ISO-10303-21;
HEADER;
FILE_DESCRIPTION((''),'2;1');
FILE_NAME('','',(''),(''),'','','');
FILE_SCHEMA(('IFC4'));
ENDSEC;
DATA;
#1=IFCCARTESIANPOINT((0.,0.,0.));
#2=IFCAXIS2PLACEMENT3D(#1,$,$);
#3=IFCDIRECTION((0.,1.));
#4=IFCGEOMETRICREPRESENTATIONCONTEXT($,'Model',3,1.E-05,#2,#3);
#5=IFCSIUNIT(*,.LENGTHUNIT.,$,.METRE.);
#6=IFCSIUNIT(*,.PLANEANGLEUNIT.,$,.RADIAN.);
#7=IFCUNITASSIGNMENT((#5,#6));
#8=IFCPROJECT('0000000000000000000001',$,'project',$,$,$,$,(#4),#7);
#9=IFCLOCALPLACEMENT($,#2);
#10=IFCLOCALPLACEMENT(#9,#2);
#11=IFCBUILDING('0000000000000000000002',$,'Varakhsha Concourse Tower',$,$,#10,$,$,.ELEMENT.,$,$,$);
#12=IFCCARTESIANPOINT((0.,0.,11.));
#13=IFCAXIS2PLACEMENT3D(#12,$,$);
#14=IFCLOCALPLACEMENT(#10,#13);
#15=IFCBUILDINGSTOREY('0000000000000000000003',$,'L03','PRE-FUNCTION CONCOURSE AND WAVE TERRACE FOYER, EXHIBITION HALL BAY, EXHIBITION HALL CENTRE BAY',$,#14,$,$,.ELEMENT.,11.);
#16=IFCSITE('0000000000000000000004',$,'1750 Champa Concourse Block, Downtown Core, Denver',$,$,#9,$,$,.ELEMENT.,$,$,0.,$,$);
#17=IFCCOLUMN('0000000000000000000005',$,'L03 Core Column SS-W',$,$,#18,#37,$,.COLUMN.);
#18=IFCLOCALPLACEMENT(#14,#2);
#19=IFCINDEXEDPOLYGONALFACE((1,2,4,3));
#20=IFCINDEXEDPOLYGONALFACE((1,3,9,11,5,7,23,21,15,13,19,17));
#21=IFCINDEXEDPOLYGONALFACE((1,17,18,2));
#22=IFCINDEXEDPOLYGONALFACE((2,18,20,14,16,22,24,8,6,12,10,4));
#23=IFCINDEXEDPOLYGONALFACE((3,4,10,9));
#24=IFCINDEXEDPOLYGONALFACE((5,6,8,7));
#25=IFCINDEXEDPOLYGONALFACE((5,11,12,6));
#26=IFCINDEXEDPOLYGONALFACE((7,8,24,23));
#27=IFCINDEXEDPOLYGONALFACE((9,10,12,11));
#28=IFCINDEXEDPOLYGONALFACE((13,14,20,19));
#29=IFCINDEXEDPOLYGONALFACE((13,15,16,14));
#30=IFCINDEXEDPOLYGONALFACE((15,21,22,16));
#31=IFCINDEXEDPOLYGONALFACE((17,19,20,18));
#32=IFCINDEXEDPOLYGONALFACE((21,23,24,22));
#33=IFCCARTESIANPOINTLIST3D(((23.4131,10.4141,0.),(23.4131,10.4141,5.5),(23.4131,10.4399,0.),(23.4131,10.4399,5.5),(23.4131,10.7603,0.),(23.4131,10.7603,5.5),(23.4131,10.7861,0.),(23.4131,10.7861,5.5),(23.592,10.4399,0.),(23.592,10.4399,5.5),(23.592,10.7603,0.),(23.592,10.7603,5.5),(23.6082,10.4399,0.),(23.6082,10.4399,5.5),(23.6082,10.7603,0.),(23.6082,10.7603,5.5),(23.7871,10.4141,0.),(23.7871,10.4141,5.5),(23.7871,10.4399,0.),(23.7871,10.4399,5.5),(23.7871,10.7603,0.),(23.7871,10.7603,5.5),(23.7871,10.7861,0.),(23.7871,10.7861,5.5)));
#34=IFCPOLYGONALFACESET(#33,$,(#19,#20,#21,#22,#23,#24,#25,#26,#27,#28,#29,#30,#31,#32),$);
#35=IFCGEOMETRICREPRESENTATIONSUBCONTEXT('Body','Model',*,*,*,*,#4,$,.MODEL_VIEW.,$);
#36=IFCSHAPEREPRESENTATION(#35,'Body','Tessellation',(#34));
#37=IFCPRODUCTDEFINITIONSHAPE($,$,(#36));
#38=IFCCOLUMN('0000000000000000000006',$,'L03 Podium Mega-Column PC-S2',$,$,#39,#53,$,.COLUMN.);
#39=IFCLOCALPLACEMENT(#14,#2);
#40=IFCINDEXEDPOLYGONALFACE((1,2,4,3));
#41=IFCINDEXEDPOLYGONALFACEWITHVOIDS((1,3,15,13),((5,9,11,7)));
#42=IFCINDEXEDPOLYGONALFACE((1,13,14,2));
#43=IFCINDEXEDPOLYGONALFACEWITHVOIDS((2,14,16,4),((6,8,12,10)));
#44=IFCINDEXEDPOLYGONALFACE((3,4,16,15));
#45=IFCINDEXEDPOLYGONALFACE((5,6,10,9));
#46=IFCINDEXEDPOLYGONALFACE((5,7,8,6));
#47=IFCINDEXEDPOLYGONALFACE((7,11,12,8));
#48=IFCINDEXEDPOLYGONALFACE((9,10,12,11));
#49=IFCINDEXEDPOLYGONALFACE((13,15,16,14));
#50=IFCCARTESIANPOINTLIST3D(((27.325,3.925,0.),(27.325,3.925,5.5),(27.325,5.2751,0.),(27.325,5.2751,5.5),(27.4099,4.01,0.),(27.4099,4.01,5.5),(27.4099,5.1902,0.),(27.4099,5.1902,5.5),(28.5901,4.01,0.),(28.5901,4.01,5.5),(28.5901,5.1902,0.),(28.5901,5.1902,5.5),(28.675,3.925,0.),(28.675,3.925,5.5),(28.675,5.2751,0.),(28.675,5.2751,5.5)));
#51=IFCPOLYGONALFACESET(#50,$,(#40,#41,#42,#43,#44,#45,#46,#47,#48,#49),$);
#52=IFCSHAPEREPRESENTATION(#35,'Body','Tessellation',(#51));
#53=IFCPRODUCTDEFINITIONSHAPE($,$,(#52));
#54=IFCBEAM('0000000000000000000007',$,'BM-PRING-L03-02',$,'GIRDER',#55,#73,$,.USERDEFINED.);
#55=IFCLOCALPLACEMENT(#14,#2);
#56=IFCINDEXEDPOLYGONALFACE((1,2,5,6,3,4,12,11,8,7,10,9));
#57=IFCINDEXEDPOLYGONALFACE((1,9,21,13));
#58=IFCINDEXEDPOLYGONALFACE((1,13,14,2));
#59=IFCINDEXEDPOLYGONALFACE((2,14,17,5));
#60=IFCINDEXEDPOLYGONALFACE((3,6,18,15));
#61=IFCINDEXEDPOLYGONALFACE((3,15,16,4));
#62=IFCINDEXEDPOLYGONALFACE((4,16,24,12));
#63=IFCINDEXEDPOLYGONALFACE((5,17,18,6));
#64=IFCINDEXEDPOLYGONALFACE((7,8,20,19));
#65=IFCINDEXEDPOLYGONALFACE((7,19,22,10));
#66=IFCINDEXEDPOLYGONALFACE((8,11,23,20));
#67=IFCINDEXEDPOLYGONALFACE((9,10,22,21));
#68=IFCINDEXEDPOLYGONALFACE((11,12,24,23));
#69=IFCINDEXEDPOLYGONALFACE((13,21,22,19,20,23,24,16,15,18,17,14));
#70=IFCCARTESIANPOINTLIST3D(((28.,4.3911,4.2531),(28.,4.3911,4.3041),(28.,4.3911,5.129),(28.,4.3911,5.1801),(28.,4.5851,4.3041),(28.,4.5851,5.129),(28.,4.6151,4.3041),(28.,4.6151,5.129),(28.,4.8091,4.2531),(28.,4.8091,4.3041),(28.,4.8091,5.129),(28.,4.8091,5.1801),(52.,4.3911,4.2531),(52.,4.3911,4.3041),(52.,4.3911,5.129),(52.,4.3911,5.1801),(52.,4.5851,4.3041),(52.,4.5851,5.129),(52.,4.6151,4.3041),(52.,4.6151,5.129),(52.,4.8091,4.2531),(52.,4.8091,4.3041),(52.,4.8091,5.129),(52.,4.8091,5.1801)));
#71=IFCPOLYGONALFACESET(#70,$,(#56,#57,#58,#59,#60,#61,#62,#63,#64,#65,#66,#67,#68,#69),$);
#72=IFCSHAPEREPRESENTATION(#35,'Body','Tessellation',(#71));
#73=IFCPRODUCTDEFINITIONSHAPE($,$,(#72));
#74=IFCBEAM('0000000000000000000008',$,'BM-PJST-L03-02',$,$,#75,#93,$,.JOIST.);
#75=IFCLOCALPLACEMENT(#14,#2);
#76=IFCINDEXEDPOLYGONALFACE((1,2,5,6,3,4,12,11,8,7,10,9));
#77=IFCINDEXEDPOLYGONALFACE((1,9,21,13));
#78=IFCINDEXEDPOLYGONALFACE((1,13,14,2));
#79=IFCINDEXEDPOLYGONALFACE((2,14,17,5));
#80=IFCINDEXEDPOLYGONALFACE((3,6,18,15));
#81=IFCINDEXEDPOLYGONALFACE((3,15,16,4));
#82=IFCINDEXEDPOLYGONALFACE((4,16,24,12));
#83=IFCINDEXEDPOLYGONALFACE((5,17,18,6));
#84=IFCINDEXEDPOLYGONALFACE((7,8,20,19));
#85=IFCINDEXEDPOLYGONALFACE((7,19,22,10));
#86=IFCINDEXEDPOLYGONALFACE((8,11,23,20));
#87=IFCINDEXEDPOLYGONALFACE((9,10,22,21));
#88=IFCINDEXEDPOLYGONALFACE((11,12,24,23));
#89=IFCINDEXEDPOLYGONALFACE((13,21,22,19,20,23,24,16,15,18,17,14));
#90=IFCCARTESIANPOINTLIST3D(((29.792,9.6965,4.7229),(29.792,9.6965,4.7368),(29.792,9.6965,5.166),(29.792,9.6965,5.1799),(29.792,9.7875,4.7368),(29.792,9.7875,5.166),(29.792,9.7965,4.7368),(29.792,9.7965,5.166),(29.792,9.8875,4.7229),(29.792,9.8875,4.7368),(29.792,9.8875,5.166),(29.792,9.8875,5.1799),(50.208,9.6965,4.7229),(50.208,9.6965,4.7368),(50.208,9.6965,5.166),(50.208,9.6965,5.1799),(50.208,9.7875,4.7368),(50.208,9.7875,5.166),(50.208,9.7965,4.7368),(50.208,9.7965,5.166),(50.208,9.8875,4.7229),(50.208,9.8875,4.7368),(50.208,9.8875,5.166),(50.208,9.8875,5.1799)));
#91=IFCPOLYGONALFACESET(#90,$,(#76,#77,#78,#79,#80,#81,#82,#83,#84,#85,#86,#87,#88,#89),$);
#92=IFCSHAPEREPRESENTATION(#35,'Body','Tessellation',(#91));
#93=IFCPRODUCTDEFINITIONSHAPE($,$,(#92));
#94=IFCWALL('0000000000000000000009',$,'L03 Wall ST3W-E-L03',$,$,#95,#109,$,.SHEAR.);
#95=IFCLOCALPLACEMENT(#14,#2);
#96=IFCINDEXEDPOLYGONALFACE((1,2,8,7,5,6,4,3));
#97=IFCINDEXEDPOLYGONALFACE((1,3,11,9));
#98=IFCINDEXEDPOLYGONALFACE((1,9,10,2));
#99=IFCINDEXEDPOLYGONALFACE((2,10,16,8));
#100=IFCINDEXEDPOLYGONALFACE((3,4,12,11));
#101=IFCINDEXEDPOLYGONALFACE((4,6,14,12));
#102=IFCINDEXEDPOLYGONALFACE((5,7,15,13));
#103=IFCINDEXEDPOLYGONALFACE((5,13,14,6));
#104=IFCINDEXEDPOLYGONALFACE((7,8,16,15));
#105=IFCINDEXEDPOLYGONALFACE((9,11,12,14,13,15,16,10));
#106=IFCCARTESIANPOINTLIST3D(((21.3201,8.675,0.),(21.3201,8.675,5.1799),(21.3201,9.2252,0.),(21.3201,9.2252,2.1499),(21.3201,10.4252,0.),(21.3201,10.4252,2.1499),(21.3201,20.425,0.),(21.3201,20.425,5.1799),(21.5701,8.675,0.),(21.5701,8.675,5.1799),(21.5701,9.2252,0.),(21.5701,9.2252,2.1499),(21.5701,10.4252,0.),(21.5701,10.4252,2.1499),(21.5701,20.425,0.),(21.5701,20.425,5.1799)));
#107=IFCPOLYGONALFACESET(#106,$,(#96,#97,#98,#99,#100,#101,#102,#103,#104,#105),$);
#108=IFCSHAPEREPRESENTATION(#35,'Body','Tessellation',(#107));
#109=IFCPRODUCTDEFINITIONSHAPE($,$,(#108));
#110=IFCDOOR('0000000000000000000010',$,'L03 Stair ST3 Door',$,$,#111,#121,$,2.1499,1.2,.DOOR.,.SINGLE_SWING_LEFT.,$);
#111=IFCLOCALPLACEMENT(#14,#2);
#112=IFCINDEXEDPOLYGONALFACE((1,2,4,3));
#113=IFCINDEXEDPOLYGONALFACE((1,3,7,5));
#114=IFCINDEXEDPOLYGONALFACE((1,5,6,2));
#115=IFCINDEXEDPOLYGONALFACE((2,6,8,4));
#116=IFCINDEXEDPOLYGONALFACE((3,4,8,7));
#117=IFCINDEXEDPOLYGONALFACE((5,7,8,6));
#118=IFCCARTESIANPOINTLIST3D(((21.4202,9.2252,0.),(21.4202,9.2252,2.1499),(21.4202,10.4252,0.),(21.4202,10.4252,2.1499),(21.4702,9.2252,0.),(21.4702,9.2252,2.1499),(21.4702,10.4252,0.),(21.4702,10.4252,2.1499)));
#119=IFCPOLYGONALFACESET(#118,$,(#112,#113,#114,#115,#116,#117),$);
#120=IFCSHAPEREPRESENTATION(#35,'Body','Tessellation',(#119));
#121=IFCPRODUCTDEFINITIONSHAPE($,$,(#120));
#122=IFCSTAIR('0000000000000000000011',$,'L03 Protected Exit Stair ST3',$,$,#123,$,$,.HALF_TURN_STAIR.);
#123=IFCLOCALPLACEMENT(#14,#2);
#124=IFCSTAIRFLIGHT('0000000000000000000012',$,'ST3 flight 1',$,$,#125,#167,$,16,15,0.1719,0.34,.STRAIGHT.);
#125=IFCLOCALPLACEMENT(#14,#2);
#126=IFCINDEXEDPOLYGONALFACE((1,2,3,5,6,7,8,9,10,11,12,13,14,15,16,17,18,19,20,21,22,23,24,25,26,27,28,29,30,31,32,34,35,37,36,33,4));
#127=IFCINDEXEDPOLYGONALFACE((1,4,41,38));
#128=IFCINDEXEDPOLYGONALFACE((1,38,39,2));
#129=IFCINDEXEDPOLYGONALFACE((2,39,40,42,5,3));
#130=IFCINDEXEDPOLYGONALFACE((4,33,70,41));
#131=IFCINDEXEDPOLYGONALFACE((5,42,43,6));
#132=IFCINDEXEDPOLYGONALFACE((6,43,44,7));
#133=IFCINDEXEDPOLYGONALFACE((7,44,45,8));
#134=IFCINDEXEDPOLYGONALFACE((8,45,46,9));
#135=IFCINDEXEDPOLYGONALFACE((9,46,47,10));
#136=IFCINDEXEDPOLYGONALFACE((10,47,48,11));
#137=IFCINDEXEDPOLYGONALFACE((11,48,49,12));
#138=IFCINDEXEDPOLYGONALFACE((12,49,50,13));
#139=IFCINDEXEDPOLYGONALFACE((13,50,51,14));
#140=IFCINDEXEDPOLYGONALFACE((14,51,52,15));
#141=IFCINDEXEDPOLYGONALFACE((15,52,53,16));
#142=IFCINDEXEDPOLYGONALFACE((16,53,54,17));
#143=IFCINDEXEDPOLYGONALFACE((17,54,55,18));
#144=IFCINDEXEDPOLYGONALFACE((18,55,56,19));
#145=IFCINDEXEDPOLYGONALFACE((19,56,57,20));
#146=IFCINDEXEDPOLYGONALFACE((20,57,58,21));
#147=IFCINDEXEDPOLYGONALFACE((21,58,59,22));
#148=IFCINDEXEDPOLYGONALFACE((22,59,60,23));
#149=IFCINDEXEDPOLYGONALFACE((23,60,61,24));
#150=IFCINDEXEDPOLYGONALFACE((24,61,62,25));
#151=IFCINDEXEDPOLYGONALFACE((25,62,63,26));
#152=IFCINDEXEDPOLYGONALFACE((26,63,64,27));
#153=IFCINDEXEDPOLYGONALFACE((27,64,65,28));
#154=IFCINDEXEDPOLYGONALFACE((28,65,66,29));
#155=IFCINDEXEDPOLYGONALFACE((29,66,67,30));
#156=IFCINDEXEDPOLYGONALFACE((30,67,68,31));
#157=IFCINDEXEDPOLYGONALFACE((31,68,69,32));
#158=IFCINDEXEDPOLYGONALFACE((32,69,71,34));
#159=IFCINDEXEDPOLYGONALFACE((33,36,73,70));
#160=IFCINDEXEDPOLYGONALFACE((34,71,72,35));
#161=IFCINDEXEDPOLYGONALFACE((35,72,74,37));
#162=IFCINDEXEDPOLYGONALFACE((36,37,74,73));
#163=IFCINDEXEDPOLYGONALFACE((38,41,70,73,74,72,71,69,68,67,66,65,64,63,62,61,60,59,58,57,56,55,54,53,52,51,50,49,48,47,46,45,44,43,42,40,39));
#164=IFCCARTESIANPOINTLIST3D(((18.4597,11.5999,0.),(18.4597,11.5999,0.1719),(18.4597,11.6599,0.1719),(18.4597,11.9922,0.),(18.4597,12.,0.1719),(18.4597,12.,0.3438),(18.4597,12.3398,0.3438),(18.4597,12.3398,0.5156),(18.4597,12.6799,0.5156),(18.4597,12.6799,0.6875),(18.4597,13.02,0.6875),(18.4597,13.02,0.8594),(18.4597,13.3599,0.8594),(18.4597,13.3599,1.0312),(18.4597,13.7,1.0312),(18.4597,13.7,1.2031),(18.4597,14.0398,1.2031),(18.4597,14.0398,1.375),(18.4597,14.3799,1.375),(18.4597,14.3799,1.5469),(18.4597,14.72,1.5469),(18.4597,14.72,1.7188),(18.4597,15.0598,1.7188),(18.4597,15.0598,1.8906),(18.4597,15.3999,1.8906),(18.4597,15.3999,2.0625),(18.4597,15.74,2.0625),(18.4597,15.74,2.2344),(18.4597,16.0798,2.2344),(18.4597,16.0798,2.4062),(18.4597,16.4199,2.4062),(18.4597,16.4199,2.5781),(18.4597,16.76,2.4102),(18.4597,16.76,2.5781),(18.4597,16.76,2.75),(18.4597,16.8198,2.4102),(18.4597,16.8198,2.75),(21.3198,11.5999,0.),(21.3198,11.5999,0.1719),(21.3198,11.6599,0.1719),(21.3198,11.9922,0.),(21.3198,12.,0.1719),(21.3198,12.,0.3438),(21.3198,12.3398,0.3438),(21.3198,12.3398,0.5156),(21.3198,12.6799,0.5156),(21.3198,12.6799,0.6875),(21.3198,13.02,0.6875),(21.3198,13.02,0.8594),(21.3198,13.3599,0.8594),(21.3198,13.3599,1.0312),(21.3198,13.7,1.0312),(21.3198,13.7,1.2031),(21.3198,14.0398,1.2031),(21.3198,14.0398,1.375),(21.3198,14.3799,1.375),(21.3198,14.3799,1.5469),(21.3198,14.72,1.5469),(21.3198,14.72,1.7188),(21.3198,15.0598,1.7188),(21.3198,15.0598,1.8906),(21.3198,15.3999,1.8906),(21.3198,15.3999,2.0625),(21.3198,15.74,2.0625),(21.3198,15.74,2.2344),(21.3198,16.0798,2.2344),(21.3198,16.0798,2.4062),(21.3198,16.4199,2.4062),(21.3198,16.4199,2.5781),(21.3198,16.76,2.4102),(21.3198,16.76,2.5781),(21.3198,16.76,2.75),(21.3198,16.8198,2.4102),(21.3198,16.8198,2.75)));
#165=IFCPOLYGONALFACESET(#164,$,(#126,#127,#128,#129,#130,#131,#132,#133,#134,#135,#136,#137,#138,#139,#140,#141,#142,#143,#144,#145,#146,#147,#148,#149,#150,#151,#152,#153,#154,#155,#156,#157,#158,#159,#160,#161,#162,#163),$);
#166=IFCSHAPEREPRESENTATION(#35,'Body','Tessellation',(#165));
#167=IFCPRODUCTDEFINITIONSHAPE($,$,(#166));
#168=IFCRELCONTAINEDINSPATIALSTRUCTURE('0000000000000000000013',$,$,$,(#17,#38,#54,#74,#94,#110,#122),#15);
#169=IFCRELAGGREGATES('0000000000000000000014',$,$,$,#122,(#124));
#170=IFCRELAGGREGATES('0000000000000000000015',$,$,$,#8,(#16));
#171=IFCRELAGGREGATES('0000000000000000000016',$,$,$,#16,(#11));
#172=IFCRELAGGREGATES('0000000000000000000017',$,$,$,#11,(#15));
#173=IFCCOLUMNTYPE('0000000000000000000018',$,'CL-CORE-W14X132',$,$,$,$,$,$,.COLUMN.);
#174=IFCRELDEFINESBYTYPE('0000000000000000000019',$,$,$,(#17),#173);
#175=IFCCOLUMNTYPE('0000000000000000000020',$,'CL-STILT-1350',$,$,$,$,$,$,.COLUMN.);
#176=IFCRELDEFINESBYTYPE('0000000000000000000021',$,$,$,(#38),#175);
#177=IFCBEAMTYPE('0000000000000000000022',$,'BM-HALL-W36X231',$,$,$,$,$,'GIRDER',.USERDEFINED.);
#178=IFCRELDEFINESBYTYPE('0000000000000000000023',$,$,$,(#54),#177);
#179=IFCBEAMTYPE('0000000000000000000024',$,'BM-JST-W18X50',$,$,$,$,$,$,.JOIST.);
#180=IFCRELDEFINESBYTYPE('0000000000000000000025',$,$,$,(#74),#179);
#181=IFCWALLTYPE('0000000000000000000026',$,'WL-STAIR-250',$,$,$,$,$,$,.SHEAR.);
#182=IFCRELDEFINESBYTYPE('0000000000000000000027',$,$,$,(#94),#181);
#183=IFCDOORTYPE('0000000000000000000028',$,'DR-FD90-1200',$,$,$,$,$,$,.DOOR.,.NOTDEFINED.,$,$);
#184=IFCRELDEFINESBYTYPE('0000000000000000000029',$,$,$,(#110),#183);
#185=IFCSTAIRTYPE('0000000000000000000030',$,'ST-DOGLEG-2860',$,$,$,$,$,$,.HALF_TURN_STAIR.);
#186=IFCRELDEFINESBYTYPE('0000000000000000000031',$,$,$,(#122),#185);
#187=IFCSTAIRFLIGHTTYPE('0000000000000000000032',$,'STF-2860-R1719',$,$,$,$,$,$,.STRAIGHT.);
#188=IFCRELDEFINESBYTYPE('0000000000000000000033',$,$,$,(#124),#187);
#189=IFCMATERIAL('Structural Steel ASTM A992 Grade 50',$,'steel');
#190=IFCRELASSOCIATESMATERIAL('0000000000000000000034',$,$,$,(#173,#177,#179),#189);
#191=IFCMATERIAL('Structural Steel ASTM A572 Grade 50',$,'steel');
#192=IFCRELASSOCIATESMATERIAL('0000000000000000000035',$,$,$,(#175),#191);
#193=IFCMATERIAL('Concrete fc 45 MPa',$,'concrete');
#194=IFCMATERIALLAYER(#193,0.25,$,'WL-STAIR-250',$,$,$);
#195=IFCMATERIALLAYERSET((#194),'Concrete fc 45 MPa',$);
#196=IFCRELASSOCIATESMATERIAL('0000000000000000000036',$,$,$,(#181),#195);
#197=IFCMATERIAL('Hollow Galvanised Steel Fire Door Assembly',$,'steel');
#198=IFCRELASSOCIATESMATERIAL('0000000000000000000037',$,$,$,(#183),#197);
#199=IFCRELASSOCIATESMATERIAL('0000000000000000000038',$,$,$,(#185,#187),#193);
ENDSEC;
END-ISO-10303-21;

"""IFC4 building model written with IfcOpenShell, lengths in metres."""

from ifc_helpers import new_model, si_unit, direction, frame, frame_2d, origin, origin_2d, place, context, subcontext, project, spatial, polyline, rectangle, hollow_rectangle, i_section, outline, extrude, material, layer, layer_set, material_profile, profile_set, type_object, element, fill, aggregate, save


model = new_model("IFC4")

# Units and contexts
model_context = context("Model", 3, precision=1e-05, world=origin(), true_north=direction((0.0, 1.0)))
body_context = subcontext(model_context, "Body", "Model", "MODEL_VIEW")
ifc_project = project(units=[si_unit("LENGTHUNIT", "METRE"), si_unit("PLANEANGLEUNIT", "RADIAN")], contexts=[model_context])

# Site, building, storey
site_placement = place(None, origin())
site = spatial("IfcSite", under=ifc_project, at=site_placement, Name="1750 Champa Concourse Block, Downtown Core, Denver", CompositionType="ELEMENT", RefElevation=0.0)
building_placement = place(site_placement, origin())
building = spatial("IfcBuilding", under=site, at=building_placement, Name="Varakhsha Concourse Tower", CompositionType="ELEMENT")
storey_placement = place(building_placement, frame((0.0, 0.0, 11.0)))
storey = spatial("IfcBuildingStorey", under=building, at=storey_placement, Name="L03", Description="PRE-FUNCTION CONCOURSE AND WAVE TERRACE FOYER, EXHIBITION HALL BAY, EXHIBITION HALL CENTRE BAY", CompositionType="ELEMENT", Elevation=11.0)

# Columns
ifc_material_1 = material(Name="Structural Steel ASTM A992 Grade 50", Category="steel")
ifc_material_profile_1 = material_profile(ifc_material_1, i_section(OverallWidth=0.374, OverallDepth=0.3721, WebThickness=0.0161, FlangeThickness=0.0259, at=origin_2d()), Name="W14X132")
ifc_profile_set_1 = profile_set([ifc_material_profile_1], Name="Structural Steel ASTM A992 Grade 50")
column_type_1 = type_object("IfcColumnType", Name="CL-CORE-W14X132", PredefinedType="COLUMN", material=ifc_profile_set_1)
column_1_placement = place(storey_placement, frame((23.6001, 10.6001, 0.0), z_axis=(0.0, 0.0, 1.0), x_axis=(1.0, 0.0, 0.0)))
element("IfcColumn", 1, at=column_1_placement, inside=storey, type_object=column_type_1, Name="L03 Core Column SS-W", PredefinedType="COLUMN", context=body_context, shape_type="SweptSolid", body=[
    extrude(i_section(OverallWidth=0.374, OverallDepth=0.3721, WebThickness=0.0161, FlangeThickness=0.0259, at=origin_2d()), origin(), (0.0, 0.0, 1.0), 5.5),
])
ifc_material_2 = material(Name="Structural Steel ASTM A572 Grade 50", Category="steel")
ifc_material_profile_2 = material_profile(ifc_material_2, hollow_rectangle(XDim=1.3501, YDim=1.3501, WallThickness=0.085, at=origin_2d()), Name="BOX 1350x1350x85")
ifc_profile_set_2 = profile_set([ifc_material_profile_2], Name="Structural Steel ASTM A572 Grade 50")
column_type_2 = type_object("IfcColumnType", Name="CL-STILT-1350", PredefinedType="COLUMN", material=ifc_profile_set_2)
column_2_placement = place(storey_placement, frame((28.0, 4.6001, 0.0), z_axis=(0.0, 0.0, 1.0), x_axis=(1.0, 0.0, 0.0)))
element("IfcColumn", 2, at=column_2_placement, inside=storey, type_object=column_type_2, Name="L03 Podium Mega-Column PC-S2", PredefinedType="COLUMN", context=body_context, shape_type="SweptSolid", body=[
    extrude(hollow_rectangle(XDim=1.3501, YDim=1.3501, WallThickness=0.085, at=origin_2d()), origin(), (0.0, 0.0, 1.0), 5.5),
])

# Beams
ifc_material_profile_3 = material_profile(ifc_material_1, i_section(OverallWidth=0.418, OverallDepth=0.927, WebThickness=0.03, FlangeThickness=0.051, at=origin_2d()), Name="W36X231")
ifc_profile_set_3 = profile_set([ifc_material_profile_3], Name="Structural Steel ASTM A992 Grade 50")
beam_type_1 = type_object("IfcBeamType", Name="BM-HALL-W36X231", ElementType="GIRDER", PredefinedType="USERDEFINED", material=ifc_profile_set_3)
beam_1_placement = place(storey_placement, frame((28.0, 4.6001, 4.7166), z_axis=(1.0, 0.0, 0.0), x_axis=(0.0, 1.0, 0.0)))
element("IfcBeam", 3, at=beam_1_placement, inside=storey, type_object=beam_type_1, Name="BM-PRING-L03-02", ObjectType="GIRDER", PredefinedType="USERDEFINED", context=body_context, shape_type="SweptSolid", body=[
    extrude(i_section(OverallWidth=0.418, OverallDepth=0.927, WebThickness=0.03, FlangeThickness=0.051, at=origin_2d()), origin(), (0.0, 0.0, 1.0), 24.0),
])
ifc_material_profile_4 = material_profile(ifc_material_1, i_section(OverallWidth=0.1909, OverallDepth=0.457, WebThickness=0.009, FlangeThickness=0.0139, at=origin_2d()), Name="W18X50")
ifc_profile_set_4 = profile_set([ifc_material_profile_4], Name="Structural Steel ASTM A992 Grade 50")
beam_type_2 = type_object("IfcBeamType", Name="BM-JST-W18X50", PredefinedType="JOIST", material=ifc_profile_set_4)
beam_2_placement = place(storey_placement, frame((29.792, 9.792, 4.9514), z_axis=(1.0, 0.0, 0.0), x_axis=(0.0, 1.0, 0.0)))
element("IfcBeam", 4, at=beam_2_placement, inside=storey, type_object=beam_type_2, Name="BM-PJST-L03-02", PredefinedType="JOIST", context=body_context, shape_type="SweptSolid", body=[
    extrude(i_section(OverallWidth=0.1909, OverallDepth=0.457, WebThickness=0.009, FlangeThickness=0.0139, at=origin_2d()), origin(), (0.0, 0.0, 1.0), 20.416),
])

# Wall, opening, door
ifc_material_3 = material(Name="Concrete fc 45 MPa", Category="concrete")
ifc_layer = layer(ifc_material_3, 0.25, Name="WL-STAIR-250")
ifc_layer_set = layer_set([ifc_layer], Name="Concrete fc 45 MPa")
wall_type = type_object("IfcWallType", Name="WL-STAIR-250", PredefinedType="SHEAR", material=ifc_layer_set)
wall_placement = place(storey_placement, frame((21.4451, 8.675, 0.0), z_axis=(0.0, 0.0, 1.0), x_axis=(0.0, 1.0, 0.0)))
wall = element("IfcWall", 5, at=wall_placement, inside=storey, type_object=wall_type, Name="L03 Wall ST3W-E-L03", PredefinedType="SHEAR", context=body_context, shape_type="SweptSolid", body=[
    extrude(rectangle(XDim=11.75, YDim=0.25, at=frame_2d((5.875, 0.0))), origin(), (0.0, 0.0, 1.0), 5.1799),
])
opening_placement = place(wall_placement, frame((0.55, 0.0, 0.0)))
opening = element("IfcOpeningElement", 6, at=opening_placement, cuts=wall, PredefinedType="OPENING", context=body_context, shape_type="SweptSolid", body=[
    extrude(rectangle(XDim=1.2, YDim=2.1499, at=frame_2d((0.6001, 1.075))), frame((0.0, 0.135, 0.0), z_axis=(0.0, -1.0, 0.0), x_axis=(1.0, 0.0, 0.0)), (0.0, 0.0, 1.0), 0.27),
])
ifc_material_4 = material(Name="Hollow Galvanised Steel Fire Door Assembly", Category="steel")
door_type = type_object("IfcDoorType", Name="DR-FD90-1200", OperationType="NOTDEFINED", PredefinedType="DOOR", material=ifc_material_4)
door_placement = place(opening_placement, origin())
door = element("IfcDoor", 7, at=door_placement, inside=storey, type_object=door_type, Name="L03 Stair ST3 Door", OperationType="SINGLE_SWING_LEFT", OverallHeight=2.1499, OverallWidth=1.2, PredefinedType="DOOR", context=body_context, shape_type="SweptSolid", body=[
    extrude(rectangle(XDim=1.2, YDim=2.1499, at=frame_2d((0.6001, 1.075))), frame((0.0, 0.0249, 0.0), z_axis=(0.0, -1.0, 0.0), x_axis=(1.0, 0.0, 0.0)), (0.0, 0.0, 1.0), 0.05),
])
fill(opening, door)

# Stair, stair flight
stair_type = type_object("IfcStairType", Name="ST-DOGLEG-2860", PredefinedType="HALF_TURN_STAIR", material=ifc_material_3)
stair_placement = place(storey_placement, origin())
stair = element("IfcStair", 8, at=stair_placement, inside=storey, type_object=stair_type, Name="L03 Protected Exit Stair ST3", PredefinedType="HALF_TURN_STAIR")
stair_flight_type = type_object("IfcStairFlightType", Name="STF-2860-R1719", PredefinedType="STRAIGHT", material=ifc_material_3)
stair_flight_placement = place(storey_placement, frame((19.8899, 11.6599, 0.0), z_axis=(0.0, 0.0, 1.0), x_axis=(0.0, 1.0, 0.0)))
stair_flight = element("IfcStairFlight", 9, at=stair_flight_placement, type_object=stair_flight_type, Name="ST3 flight 1", NumberOfRisers=16, NumberOfTreads=15, PredefinedType="STRAIGHT", RiserHeight=0.1719, TreadLength=0.34, context=body_context, shape_type="SweptSolid", body=[
    extrude(outline(polyline([(-0.0601, 0.0), (-0.0601, 0.1719), (0.0, 0.1719), (0.3401, 0.1719), (0.3401, 0.3438), (0.6799, 0.3438), (0.6799, 0.5156), (1.02, 0.5156), (1.02, 0.6875), (1.3601, 0.6875), (1.3601, 0.8594), (1.7, 0.8594), (1.7, 1.0312), (2.04, 1.0312), (2.04, 1.2031), (2.3799, 1.2031), (2.3799, 1.375), (2.72, 1.375), (2.72, 1.5469), (3.0601, 1.5469), (3.0601, 1.7188), (3.3999, 1.7188), (3.3999, 1.8906), (3.74, 1.8906), (3.74, 2.0625), (4.0801, 2.0625), (4.0801, 2.2344), (4.4199, 2.2344), (4.4199, 2.4062), (4.76, 2.4062), (4.76, 2.5781), (5.1001, 2.5781), (5.1001, 2.75), (5.1599, 2.75), (5.1599, 2.4102), (5.1001, 2.4102), (0.3323, 0.0), (-0.0601, 0.0)])), frame((0.0, 1.4302, 0.0), z_axis=(0.0, -1.0, 0.0), x_axis=(1.0, 0.0, 0.0)), (0.0, 0.0, 1.0), 2.8601),
])
aggregate(stair, [stair_flight])

save(model, "model.ifc")
